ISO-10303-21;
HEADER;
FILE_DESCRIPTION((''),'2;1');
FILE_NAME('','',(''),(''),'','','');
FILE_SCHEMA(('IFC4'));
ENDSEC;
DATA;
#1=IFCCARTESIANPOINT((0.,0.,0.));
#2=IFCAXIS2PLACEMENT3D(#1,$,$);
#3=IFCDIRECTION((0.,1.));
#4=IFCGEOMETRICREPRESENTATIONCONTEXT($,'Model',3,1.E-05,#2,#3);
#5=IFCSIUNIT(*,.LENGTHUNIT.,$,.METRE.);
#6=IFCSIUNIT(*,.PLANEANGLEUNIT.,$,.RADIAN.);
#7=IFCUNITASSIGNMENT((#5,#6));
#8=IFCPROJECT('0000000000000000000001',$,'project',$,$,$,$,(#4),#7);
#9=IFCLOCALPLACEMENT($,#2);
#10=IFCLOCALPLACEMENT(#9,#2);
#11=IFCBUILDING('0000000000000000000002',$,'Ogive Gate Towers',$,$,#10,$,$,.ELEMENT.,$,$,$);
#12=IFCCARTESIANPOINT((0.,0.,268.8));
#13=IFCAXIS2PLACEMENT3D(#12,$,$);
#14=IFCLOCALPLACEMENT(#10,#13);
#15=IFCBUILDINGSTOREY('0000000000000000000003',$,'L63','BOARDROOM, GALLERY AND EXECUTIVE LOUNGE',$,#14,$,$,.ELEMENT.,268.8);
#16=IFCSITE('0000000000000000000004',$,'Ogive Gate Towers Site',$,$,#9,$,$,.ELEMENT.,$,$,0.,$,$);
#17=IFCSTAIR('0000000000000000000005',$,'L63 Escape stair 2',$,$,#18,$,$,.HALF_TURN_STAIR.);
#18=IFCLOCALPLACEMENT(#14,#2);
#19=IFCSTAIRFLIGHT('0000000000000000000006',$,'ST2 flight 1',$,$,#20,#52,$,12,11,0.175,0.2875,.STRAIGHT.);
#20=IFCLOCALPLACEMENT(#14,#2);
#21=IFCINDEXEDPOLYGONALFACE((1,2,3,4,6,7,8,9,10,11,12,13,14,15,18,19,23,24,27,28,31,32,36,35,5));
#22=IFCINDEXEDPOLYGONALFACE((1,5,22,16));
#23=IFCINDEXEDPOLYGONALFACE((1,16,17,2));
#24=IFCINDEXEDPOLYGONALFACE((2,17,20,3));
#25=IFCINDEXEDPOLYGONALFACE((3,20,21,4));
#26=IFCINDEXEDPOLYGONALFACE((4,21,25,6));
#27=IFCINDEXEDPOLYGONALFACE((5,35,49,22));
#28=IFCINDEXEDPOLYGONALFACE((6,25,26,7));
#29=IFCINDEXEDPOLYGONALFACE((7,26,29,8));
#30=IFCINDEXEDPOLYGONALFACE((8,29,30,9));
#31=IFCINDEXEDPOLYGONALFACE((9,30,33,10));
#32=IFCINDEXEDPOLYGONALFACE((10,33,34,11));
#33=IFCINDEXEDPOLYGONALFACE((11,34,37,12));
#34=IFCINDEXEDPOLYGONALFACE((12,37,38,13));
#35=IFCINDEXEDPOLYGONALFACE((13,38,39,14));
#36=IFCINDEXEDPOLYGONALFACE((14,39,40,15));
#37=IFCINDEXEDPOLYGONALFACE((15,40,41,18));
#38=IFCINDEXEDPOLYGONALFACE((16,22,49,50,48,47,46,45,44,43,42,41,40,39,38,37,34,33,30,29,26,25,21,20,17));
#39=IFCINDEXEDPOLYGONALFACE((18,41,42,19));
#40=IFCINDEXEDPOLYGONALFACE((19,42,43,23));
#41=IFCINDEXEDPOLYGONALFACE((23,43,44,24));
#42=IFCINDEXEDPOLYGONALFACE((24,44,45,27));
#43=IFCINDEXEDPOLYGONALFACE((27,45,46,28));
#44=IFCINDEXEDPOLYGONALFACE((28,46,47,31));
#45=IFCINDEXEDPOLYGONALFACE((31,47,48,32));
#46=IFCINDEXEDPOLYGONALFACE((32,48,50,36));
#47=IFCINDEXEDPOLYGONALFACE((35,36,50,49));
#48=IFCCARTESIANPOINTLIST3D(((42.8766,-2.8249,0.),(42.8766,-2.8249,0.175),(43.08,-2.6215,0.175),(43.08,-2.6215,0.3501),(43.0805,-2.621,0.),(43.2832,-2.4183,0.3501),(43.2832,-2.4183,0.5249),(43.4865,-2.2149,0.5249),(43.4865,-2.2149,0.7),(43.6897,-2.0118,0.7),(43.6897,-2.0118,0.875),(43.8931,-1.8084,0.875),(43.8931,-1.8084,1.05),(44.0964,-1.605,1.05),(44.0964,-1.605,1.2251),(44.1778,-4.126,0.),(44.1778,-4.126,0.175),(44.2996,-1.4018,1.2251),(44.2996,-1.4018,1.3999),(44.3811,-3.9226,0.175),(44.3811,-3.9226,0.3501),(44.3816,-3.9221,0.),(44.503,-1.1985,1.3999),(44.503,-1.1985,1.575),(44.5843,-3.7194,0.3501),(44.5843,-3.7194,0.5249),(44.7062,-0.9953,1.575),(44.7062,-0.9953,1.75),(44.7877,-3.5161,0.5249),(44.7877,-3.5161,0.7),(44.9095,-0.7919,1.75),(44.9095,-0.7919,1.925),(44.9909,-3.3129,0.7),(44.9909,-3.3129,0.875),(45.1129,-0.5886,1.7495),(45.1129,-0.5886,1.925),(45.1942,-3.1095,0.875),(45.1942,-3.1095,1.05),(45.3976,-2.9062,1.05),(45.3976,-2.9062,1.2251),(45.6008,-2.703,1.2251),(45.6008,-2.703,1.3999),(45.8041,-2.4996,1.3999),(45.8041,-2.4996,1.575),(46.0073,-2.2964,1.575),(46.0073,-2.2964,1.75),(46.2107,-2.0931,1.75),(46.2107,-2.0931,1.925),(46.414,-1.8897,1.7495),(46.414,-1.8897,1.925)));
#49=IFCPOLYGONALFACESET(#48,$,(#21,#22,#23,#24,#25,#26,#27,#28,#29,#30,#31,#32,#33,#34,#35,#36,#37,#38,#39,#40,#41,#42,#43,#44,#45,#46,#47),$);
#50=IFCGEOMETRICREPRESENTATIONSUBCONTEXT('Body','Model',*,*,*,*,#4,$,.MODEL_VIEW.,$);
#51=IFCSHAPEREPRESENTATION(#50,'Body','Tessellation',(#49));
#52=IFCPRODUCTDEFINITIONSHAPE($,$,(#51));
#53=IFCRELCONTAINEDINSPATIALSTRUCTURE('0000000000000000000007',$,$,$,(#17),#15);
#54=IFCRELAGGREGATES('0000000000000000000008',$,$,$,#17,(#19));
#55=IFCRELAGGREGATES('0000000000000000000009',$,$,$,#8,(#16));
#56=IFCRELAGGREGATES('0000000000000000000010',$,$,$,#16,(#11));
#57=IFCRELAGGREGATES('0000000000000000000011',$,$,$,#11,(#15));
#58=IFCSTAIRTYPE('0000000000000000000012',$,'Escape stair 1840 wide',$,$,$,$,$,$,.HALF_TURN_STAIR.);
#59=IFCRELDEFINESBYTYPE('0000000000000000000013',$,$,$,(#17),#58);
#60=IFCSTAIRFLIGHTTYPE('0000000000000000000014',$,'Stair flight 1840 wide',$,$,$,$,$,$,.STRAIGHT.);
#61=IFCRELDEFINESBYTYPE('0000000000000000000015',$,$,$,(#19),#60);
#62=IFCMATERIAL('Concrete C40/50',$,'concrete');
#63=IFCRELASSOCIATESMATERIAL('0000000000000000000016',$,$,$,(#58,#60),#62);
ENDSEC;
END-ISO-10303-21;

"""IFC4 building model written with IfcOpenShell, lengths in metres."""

from ifc_helpers import new_model, si_unit, direction, frame, origin, place, context, subcontext, project, spatial, polyline, outline, extrude, material, type_object, element, aggregate, save


model = new_model("IFC4")

# Units and contexts
model_context = context("Model", 3, precision=1e-05, world=origin(), true_north=direction((0.0, 1.0)))
body_context = subcontext(model_context, "Body", "Model", "MODEL_VIEW")
ifc_project = project(units=[si_unit("LENGTHUNIT", "METRE"), si_unit("PLANEANGLEUNIT", "RADIAN")], contexts=[model_context])

# Site, building, storey
site_placement = place(None, origin())
site = spatial("IfcSite", under=ifc_project, at=site_placement, Name="Ogive Gate Towers Site", CompositionType="ELEMENT", RefElevation=0.0)
building_placement = place(site_placement, origin())
building = spatial("IfcBuilding", under=site, at=building_placement, Name="Ogive Gate Towers", CompositionType="ELEMENT")
storey_placement = place(building_placement, frame((0.0, 0.0, 268.8)))
storey = spatial("IfcBuildingStorey", under=building, at=storey_placement, Name="L63", Description="BOARDROOM, GALLERY AND EXECUTIVE LOUNGE", CompositionType="ELEMENT", Elevation=268.8)

# Stair, stair flight
ifc_material_1 = material(Name="Concrete C40/50", Category="concrete")
stair_type = type_object("IfcStairType", Name="Escape stair 1840 wide", PredefinedType="HALF_TURN_STAIR", material=ifc_material_1)
stair_placement = place(storey_placement, origin())
stair = element("IfcStair", 1, at=stair_placement, inside=storey, type_object=stair_type, Name="L63 Escape stair 2", PredefinedType="HALF_TURN_STAIR")
stair_flight_type = type_object("IfcStairFlightType", Name="Stair flight 1840 wide", PredefinedType="STRAIGHT", material=ifc_material_1)
stair_flight_placement = place(storey_placement, frame((43.5271, -3.4753, 0.0), z_axis=(0.0, 0.0, 1.0), x_axis=(0.707107, 0.707107, 0.0)))
stair_flight = element("IfcStairFlight", 2, at=stair_flight_placement, type_object=stair_flight_type, Name="ST2 flight 1", NumberOfRisers=12, NumberOfTreads=11, PredefinedType="STRAIGHT", RiserHeight=0.175, TreadLength=0.2875, context=body_context, shape_type="SweptSolid", body=[
    extrude(outline(polyline([(0.0, 0.0), (0.0, 0.175), (0.2876, 0.175), (0.2876, 0.3501), (0.575, 0.3501), (0.575, 0.5249), (0.8625, 0.5249), (0.8625, 0.7), (1.1499, 0.7), (1.1499, 0.875), (1.4375, 0.875), (1.4375, 1.05), (1.7251, 1.05), (1.7251, 1.2251), (2.0125, 1.2251), (2.0125, 1.3999), (2.3, 1.3999), (2.3, 1.575), (2.5874, 1.575), (2.5874, 1.75), (2.875, 1.75), (2.875, 1.925), (3.1626, 1.925), (3.1626, 2.1001), (3.1626, 1.7495), (0.2883, 0.0), (0.0, 0.0)])), frame((0.0, 0.9199, 0.0), z_axis=(0.0, -1.0, 0.0), x_axis=(1.0, 0.0, 0.0)), (0.0, 0.0, 1.0), 1.8401),
])
aggregate(stair, [stair_flight])

save(model, "model.ifc")
